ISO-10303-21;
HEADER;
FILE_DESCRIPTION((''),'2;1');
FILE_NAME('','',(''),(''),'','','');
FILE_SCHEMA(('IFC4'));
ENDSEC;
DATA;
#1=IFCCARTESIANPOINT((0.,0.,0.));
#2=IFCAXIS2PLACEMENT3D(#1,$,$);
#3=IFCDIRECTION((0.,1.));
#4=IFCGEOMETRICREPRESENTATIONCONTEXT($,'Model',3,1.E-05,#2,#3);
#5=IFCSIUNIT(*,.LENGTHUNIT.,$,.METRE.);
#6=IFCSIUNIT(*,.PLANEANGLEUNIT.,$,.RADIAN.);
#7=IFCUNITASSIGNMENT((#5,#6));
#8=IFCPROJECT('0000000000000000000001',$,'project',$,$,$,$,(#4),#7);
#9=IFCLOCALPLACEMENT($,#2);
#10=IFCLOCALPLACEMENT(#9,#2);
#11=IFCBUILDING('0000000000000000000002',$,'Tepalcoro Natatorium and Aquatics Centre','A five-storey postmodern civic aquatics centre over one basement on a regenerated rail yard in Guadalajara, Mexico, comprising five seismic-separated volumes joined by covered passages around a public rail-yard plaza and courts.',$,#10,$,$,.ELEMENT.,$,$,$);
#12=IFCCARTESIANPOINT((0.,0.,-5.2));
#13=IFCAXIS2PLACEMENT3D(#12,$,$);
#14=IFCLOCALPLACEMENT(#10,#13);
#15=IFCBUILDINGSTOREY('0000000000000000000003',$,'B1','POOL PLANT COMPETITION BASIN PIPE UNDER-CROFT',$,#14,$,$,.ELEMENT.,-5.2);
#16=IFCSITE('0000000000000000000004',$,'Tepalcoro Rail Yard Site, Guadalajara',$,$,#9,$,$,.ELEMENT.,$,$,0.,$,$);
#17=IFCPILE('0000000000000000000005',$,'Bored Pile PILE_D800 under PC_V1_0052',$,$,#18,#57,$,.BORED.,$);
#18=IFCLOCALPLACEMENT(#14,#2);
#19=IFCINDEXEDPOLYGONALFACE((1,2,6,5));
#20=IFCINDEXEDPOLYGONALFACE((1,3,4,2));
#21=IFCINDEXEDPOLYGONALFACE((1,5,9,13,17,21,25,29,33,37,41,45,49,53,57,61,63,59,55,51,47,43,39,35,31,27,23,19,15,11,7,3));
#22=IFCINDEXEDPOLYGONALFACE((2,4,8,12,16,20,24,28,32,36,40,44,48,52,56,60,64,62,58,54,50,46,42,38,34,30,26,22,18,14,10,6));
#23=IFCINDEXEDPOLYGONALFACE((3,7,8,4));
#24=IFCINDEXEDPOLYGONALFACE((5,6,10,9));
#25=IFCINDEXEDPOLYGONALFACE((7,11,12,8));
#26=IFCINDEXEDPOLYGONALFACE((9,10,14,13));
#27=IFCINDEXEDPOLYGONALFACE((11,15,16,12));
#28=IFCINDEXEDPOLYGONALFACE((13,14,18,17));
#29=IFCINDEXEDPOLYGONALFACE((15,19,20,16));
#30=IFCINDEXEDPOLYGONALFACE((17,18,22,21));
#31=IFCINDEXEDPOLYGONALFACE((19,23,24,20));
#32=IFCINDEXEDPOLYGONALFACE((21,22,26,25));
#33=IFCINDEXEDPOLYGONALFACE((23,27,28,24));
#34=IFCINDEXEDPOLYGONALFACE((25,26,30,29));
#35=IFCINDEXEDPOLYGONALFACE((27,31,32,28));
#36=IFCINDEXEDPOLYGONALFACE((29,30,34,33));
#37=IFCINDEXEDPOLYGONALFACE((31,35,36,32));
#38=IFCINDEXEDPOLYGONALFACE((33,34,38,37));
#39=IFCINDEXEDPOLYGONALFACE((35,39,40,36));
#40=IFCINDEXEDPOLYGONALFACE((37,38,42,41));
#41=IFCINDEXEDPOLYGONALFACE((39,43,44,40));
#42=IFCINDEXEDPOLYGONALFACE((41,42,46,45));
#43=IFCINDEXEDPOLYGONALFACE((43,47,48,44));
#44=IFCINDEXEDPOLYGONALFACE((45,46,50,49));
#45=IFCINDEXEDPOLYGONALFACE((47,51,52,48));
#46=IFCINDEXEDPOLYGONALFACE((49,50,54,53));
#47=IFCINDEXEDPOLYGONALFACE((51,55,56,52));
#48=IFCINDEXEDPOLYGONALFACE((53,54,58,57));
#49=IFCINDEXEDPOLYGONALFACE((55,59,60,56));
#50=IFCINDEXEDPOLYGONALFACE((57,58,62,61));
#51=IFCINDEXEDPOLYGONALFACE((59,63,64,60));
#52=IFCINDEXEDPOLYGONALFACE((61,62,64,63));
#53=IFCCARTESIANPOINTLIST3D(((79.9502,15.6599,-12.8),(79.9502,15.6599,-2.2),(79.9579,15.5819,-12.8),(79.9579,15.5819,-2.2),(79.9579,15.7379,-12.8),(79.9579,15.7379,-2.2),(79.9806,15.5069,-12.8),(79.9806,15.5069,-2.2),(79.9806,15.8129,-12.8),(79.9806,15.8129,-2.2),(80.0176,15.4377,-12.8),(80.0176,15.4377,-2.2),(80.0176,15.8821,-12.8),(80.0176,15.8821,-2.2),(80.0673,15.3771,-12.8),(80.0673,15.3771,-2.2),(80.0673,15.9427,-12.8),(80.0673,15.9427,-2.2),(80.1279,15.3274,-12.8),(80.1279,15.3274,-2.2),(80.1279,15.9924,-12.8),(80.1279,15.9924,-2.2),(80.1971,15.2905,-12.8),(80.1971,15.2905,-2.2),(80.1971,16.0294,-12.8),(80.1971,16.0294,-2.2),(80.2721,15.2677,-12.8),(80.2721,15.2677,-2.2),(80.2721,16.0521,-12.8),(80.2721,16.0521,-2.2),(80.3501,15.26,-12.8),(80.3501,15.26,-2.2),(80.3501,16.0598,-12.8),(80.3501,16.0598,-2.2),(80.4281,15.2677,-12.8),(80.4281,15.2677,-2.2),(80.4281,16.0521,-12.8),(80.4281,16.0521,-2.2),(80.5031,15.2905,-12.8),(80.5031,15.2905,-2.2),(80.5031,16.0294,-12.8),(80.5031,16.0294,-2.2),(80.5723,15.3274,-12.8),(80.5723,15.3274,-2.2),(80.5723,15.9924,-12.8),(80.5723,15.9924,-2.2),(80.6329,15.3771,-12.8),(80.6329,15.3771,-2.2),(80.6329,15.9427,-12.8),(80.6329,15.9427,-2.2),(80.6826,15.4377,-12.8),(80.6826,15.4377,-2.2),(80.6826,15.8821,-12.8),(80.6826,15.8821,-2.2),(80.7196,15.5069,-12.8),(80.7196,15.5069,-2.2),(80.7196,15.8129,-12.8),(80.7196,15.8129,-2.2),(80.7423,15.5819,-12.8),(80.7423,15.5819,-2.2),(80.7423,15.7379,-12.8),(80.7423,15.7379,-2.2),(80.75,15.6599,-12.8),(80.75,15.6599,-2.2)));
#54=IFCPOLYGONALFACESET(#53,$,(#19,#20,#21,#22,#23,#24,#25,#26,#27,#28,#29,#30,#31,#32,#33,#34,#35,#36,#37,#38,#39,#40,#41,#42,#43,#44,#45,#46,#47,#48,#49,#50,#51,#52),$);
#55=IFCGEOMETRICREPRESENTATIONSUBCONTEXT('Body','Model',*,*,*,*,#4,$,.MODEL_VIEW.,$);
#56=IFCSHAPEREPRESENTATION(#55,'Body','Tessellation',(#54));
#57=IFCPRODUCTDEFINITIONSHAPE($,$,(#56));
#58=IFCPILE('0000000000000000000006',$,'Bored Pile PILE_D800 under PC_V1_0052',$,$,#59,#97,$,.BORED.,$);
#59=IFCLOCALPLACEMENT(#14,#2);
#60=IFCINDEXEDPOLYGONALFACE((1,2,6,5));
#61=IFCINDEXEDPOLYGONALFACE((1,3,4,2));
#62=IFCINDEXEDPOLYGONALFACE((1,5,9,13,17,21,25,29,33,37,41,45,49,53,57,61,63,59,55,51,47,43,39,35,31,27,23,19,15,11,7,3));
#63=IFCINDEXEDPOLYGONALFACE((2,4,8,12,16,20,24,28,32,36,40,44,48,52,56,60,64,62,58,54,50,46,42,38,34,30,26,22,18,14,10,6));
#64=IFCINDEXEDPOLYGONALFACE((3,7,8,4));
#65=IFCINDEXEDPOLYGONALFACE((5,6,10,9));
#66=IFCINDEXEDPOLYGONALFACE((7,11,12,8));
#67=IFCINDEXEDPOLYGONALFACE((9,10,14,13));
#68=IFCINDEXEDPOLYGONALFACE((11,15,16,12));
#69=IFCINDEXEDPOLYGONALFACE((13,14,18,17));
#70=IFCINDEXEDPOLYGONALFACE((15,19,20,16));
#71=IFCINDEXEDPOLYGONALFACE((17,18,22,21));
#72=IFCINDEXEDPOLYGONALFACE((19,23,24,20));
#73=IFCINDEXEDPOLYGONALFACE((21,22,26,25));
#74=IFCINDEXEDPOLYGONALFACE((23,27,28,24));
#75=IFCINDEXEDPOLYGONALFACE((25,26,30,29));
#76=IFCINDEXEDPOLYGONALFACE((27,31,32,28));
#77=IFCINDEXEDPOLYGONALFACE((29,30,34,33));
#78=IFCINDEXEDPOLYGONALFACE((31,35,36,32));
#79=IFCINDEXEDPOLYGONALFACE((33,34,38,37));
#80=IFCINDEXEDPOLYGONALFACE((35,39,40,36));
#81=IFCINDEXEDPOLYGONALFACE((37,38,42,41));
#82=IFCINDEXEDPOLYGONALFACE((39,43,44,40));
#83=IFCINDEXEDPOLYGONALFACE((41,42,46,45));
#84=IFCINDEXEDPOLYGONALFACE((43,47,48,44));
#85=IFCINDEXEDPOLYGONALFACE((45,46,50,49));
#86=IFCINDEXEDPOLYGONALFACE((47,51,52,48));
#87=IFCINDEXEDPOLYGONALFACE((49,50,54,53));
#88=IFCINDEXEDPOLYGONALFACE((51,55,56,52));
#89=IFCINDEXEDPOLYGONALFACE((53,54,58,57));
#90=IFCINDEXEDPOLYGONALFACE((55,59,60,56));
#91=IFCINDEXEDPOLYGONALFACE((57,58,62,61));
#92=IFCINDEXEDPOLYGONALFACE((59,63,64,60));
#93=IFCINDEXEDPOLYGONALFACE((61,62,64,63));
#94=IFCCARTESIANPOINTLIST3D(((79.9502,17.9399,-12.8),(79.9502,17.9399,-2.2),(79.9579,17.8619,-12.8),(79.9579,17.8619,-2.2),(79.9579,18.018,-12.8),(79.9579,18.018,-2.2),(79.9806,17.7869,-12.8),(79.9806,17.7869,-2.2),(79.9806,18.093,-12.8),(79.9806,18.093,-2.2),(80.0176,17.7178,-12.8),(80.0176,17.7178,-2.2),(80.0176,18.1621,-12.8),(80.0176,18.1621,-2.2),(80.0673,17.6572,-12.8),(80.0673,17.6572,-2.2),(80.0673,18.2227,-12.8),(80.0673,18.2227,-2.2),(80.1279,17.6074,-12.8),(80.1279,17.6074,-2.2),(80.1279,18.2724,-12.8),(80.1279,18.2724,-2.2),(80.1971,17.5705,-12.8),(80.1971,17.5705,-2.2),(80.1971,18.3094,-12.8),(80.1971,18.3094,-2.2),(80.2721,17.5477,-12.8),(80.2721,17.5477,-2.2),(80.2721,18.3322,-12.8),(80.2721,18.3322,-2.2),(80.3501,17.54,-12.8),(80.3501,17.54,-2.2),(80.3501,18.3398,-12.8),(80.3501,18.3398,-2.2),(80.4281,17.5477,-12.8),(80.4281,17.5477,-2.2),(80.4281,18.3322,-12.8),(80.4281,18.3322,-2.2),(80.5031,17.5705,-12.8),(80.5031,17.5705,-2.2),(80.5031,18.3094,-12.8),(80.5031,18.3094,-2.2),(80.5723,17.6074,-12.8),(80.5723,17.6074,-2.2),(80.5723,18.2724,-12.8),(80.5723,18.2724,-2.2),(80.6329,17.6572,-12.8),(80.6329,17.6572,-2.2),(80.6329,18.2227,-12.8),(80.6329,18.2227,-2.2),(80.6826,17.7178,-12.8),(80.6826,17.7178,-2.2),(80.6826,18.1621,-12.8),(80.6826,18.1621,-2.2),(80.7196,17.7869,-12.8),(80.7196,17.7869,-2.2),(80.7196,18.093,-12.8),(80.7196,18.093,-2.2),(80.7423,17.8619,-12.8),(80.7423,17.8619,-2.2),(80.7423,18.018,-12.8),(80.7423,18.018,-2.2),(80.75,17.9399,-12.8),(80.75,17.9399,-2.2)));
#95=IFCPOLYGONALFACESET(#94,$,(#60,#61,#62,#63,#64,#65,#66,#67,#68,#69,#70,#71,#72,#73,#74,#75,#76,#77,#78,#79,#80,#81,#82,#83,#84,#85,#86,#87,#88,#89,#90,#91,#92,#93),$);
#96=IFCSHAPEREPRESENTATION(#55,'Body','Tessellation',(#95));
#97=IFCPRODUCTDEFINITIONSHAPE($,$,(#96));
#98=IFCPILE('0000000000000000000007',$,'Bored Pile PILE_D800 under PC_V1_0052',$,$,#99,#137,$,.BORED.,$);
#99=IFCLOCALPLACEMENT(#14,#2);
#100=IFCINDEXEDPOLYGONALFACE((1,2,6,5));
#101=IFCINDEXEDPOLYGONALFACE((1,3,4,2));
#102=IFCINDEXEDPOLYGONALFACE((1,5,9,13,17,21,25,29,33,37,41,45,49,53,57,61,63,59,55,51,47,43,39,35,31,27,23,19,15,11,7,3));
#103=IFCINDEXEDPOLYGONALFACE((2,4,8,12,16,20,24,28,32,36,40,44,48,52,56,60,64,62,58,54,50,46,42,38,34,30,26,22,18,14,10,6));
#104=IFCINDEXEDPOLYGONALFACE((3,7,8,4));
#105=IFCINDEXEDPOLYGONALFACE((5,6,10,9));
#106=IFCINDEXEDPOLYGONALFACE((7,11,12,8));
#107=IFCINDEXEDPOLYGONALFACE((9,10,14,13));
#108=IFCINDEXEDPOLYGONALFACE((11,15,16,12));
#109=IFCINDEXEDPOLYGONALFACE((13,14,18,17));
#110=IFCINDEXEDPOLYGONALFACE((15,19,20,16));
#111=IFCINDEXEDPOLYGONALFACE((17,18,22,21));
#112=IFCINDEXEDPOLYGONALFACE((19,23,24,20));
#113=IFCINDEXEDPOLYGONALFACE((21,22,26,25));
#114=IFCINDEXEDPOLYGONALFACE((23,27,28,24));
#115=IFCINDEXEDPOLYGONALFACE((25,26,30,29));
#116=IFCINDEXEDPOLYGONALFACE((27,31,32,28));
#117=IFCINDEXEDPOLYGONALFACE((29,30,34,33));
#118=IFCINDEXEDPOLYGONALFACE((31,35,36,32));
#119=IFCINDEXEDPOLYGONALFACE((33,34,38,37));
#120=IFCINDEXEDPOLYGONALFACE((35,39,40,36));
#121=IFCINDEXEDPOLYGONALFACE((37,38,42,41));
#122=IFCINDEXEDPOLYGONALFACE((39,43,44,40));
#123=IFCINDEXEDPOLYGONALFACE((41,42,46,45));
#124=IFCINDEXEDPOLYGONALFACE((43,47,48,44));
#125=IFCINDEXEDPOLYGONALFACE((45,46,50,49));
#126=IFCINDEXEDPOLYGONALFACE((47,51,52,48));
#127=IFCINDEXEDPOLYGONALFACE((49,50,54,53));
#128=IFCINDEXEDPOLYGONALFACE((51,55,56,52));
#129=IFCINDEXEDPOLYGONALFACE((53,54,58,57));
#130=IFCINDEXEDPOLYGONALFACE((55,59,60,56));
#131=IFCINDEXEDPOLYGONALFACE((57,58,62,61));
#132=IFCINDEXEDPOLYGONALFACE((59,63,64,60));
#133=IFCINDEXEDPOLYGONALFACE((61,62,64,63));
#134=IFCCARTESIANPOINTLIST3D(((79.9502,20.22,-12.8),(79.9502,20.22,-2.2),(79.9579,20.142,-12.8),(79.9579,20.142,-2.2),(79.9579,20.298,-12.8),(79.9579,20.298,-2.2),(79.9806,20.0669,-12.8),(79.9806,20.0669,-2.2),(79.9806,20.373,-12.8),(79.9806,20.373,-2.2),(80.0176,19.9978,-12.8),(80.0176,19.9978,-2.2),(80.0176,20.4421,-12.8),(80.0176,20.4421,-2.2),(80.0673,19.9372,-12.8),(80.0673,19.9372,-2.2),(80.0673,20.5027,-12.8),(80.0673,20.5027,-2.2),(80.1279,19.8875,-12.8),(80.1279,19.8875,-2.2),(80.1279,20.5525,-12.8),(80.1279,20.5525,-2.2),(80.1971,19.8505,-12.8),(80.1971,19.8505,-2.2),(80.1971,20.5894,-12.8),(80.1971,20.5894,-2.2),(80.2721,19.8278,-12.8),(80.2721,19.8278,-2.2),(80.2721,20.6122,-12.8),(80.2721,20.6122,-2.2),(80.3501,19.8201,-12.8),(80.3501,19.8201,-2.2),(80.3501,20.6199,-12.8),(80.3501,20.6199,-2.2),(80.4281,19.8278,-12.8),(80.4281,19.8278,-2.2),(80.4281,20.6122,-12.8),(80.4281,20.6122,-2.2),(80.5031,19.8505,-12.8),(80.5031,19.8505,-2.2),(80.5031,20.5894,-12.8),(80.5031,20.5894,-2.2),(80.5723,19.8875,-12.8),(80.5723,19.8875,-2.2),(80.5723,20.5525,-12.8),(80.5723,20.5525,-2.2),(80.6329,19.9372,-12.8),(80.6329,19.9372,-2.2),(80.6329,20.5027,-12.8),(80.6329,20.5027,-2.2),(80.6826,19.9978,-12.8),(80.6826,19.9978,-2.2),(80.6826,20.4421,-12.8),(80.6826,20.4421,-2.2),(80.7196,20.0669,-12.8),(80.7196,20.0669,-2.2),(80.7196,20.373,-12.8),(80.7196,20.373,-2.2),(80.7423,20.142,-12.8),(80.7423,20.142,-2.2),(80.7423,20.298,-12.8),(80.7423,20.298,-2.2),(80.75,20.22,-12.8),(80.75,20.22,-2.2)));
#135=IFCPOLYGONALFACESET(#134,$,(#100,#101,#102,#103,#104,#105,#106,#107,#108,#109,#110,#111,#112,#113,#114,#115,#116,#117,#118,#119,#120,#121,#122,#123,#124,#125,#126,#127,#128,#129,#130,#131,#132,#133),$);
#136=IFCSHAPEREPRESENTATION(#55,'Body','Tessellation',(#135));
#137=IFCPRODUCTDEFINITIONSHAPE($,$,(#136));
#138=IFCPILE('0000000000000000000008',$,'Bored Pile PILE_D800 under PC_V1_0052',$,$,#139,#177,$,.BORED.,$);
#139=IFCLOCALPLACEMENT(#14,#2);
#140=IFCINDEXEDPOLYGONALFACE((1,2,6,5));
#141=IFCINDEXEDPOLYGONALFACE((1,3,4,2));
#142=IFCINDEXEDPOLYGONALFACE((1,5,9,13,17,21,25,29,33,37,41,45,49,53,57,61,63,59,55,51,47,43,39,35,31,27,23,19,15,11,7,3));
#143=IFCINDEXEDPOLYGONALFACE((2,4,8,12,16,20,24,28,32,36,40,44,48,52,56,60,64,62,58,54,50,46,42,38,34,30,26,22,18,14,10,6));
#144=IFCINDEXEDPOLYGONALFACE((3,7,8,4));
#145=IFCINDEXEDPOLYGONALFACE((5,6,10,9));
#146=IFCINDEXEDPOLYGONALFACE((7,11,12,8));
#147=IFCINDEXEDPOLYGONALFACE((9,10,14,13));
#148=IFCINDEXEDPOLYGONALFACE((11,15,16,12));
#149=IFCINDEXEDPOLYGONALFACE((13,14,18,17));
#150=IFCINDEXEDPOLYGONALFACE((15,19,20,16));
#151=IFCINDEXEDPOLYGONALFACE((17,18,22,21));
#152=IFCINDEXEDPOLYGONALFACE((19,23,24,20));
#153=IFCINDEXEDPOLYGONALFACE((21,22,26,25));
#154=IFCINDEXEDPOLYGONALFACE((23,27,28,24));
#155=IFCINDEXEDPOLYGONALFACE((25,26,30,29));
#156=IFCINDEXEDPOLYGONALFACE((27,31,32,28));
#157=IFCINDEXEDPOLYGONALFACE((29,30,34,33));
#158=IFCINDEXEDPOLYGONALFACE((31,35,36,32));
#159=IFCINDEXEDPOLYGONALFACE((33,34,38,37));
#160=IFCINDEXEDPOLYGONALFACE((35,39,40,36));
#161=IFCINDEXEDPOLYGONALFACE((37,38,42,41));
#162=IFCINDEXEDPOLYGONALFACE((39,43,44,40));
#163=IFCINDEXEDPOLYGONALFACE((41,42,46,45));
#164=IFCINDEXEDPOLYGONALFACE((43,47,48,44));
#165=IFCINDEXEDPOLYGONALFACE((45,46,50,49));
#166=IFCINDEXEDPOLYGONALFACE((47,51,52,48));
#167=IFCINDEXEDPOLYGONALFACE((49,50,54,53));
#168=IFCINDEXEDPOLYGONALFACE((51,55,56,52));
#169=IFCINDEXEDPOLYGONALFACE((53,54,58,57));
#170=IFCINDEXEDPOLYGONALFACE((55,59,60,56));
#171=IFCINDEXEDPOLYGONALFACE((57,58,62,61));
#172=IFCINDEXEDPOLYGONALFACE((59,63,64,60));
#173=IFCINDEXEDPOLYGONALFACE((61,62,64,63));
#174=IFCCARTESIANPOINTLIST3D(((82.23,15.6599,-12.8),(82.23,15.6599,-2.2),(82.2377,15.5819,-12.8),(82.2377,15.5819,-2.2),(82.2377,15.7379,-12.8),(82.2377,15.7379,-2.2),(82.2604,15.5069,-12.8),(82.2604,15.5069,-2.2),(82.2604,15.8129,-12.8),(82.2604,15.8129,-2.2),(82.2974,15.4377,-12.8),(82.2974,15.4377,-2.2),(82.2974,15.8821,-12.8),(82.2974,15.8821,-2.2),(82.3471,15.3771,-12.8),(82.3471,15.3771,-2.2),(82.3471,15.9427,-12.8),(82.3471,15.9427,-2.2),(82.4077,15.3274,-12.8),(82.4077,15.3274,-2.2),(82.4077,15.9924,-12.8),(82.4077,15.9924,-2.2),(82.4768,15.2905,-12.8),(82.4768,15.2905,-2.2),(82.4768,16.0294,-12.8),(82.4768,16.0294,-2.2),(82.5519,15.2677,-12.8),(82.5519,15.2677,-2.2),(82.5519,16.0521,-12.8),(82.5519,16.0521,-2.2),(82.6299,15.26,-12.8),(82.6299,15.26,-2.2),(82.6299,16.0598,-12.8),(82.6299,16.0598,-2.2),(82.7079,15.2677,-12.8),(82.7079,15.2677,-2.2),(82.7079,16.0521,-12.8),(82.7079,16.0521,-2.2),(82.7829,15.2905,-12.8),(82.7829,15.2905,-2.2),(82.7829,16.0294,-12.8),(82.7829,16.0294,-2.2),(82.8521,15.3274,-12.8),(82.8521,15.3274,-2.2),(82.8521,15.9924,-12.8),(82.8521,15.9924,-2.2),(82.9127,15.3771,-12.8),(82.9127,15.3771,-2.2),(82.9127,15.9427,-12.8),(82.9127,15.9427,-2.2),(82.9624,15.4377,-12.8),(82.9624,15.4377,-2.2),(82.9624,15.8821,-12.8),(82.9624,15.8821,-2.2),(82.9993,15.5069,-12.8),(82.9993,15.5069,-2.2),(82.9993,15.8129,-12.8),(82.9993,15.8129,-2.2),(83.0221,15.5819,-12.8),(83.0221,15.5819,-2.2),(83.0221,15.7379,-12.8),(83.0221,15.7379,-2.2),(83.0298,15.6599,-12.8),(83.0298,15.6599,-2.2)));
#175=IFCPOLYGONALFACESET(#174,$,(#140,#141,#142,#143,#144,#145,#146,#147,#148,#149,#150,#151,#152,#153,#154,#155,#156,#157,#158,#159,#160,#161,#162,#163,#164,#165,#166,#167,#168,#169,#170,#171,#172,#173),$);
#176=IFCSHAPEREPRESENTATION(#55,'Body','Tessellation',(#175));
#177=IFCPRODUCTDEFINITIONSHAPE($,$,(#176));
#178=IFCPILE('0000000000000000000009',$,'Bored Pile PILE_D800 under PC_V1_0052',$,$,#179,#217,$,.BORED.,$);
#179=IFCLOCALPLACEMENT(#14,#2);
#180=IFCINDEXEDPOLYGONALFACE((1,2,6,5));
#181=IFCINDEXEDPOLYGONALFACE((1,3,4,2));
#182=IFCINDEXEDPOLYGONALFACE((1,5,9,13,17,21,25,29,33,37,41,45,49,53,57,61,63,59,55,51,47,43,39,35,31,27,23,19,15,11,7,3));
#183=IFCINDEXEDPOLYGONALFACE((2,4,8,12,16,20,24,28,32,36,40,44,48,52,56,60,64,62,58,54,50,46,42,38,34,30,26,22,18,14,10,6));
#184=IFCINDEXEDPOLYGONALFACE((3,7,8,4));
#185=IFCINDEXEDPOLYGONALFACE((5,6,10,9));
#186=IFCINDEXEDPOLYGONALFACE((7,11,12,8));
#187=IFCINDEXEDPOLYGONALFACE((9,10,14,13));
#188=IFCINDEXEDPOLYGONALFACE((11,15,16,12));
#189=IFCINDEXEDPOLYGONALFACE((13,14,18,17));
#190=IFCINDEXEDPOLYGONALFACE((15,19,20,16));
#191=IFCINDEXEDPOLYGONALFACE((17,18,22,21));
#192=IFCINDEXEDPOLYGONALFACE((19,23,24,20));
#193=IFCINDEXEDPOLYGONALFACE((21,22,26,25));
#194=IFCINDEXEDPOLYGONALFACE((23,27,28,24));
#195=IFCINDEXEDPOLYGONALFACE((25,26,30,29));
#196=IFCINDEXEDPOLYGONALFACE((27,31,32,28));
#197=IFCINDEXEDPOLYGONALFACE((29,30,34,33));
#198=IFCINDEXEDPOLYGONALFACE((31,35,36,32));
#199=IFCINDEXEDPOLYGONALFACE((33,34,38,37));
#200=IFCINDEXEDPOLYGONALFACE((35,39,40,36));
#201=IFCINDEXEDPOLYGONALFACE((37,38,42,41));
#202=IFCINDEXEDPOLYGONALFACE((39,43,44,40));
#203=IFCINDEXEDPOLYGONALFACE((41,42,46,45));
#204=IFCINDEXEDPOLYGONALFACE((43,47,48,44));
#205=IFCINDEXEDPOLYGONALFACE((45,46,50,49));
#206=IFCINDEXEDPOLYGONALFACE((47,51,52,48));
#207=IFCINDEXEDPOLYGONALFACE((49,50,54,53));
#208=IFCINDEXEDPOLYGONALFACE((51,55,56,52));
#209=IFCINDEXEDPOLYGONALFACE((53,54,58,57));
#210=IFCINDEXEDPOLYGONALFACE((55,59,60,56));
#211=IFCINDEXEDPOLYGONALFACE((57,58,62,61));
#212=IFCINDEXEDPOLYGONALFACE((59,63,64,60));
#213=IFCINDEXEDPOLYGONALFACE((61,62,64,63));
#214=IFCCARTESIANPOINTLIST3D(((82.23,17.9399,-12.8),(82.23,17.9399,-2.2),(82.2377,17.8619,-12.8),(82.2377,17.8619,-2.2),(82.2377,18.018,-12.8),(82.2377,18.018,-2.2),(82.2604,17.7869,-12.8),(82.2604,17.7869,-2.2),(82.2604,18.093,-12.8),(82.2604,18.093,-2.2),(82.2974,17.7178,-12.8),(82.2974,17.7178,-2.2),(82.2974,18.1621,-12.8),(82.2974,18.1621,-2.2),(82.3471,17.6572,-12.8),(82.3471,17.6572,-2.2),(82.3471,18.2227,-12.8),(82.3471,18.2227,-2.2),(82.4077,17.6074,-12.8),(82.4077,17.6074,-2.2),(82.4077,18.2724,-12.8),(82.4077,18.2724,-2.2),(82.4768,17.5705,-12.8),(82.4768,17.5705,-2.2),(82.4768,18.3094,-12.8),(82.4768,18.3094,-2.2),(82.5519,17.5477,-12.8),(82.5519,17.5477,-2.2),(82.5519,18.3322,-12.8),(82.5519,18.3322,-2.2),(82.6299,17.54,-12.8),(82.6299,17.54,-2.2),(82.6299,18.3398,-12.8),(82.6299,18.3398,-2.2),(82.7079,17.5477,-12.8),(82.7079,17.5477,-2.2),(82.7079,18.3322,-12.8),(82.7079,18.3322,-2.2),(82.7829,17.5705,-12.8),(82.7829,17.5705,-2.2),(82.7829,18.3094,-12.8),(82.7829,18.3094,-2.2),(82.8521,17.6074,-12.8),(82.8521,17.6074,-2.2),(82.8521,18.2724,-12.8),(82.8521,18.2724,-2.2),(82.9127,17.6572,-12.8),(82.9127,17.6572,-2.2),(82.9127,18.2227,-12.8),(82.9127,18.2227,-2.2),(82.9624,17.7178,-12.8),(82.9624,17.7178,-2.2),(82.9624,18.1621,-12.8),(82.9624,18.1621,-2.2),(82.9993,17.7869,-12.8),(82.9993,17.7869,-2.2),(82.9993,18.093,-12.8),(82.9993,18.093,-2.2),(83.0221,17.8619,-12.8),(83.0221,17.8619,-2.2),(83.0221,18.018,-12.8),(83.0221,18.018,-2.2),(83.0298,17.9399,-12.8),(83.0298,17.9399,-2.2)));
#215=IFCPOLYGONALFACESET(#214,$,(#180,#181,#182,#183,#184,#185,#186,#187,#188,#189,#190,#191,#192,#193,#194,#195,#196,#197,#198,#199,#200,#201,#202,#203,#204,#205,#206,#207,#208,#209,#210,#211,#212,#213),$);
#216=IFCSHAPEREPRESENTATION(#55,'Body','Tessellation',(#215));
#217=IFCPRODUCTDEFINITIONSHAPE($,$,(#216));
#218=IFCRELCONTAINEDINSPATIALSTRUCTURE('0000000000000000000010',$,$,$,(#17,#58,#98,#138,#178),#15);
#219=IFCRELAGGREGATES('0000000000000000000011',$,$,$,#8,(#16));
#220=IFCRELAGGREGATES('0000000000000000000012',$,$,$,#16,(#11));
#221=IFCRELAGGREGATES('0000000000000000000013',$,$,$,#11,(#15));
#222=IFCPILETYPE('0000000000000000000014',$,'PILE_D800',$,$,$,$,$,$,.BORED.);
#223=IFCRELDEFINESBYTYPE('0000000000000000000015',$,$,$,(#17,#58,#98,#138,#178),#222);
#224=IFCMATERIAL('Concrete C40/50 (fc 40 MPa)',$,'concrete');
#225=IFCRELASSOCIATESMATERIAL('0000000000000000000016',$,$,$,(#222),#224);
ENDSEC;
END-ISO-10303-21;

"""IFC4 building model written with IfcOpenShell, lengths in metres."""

from ifc_helpers import new_model, si_unit, direction, frame, origin, origin_2d, place, context, subcontext, project, spatial, circle, extrude, material, material_profile, profile_set, type_object, element, save


model = new_model("IFC4")

# Units and contexts
model_context = context("Model", 3, precision=1e-05, world=origin(), true_north=direction((0.0, 1.0)))
body_context = subcontext(model_context, "Body", "Model", "MODEL_VIEW")
ifc_project = project(units=[si_unit("LENGTHUNIT", "METRE"), si_unit("PLANEANGLEUNIT", "RADIAN")], contexts=[model_context])

# Site, building, storey
site_placement = place(None, origin())
site = spatial("IfcSite", under=ifc_project, at=site_placement, Name="Tepalcoro Rail Yard Site, Guadalajara", CompositionType="ELEMENT", RefElevation=0.0)
building_placement = place(site_placement, origin())
building = spatial("IfcBuilding", under=site, at=building_placement, Name="Tepalcoro Natatorium and Aquatics Centre", Description="A five-storey postmodern civic aquatics centre over one basement on a regenerated rail yard in Guadalajara, Mexico, comprising five seismic-separated volumes joined by covered passages around a public rail-yard plaza and courts.", CompositionType="ELEMENT")
storey_placement = place(building_placement, frame((0.0, 0.0, -5.2)))
storey = spatial("IfcBuildingStorey", under=building, at=storey_placement, Name="B1", Description="POOL PLANT COMPETITION BASIN PIPE UNDER-CROFT", CompositionType="ELEMENT", Elevation=-5.2)

# Piles
ifc_material_1 = material(Name="Concrete C40/50 (fc 40 MPa)", Category="concrete")
ifc_material_profile_1 = material_profile(ifc_material_1, circle(Radius=0.3999, at=origin_2d()), Name="PILE_D800")
ifc_profile_set_1 = profile_set([ifc_material_profile_1], Name="Concrete C40/50 (fc 40 MPa)")
pile_type_1 = type_object("IfcPileType", Name="PILE_D800", PredefinedType="BORED", material=ifc_profile_set_1)
for number, where, z_axis, x_axis, name in (
    (1, (80.3501, 15.6599, -2.2), (0.0, 0.0, -1.0), (1.0, 0.0, 0.0), "Bored Pile PILE_D800 under PC_V1_0052"),
    (2, (80.3501, 17.9399, -2.2), (0.0, 0.0, -1.0), (1.0, 0.0, 0.0), "Bored Pile PILE_D800 under PC_V1_0052"),
    (3, (80.3501, 20.22, -2.2), (0.0, 0.0, -1.0), (1.0, 0.0, 0.0), "Bored Pile PILE_D800 under PC_V1_0052"),
    (4, (82.6299, 15.6599, -2.2), (0.0, 0.0, -1.0), (1.0, 0.0, 0.0), "Bored Pile PILE_D800 under PC_V1_0052"),
    (5, (82.6299, 17.9399, -2.2), (0.0, 0.0, -1.0), (1.0, 0.0, 0.0), "Bored Pile PILE_D800 under PC_V1_0052"),
):
    element("IfcPile", number, at=place(storey_placement, frame(where, z_axis=z_axis, x_axis=x_axis)), inside=storey, type_object=pile_type_1, Name=name, PredefinedType="BORED", context=body_context, shape_type="SweptSolid", body=[
        extrude(circle(Radius=0.3999, at=origin_2d()), origin(), (0.0, 0.0, 1.0), 10.6001),
    ])

save(model, "model.ifc")
